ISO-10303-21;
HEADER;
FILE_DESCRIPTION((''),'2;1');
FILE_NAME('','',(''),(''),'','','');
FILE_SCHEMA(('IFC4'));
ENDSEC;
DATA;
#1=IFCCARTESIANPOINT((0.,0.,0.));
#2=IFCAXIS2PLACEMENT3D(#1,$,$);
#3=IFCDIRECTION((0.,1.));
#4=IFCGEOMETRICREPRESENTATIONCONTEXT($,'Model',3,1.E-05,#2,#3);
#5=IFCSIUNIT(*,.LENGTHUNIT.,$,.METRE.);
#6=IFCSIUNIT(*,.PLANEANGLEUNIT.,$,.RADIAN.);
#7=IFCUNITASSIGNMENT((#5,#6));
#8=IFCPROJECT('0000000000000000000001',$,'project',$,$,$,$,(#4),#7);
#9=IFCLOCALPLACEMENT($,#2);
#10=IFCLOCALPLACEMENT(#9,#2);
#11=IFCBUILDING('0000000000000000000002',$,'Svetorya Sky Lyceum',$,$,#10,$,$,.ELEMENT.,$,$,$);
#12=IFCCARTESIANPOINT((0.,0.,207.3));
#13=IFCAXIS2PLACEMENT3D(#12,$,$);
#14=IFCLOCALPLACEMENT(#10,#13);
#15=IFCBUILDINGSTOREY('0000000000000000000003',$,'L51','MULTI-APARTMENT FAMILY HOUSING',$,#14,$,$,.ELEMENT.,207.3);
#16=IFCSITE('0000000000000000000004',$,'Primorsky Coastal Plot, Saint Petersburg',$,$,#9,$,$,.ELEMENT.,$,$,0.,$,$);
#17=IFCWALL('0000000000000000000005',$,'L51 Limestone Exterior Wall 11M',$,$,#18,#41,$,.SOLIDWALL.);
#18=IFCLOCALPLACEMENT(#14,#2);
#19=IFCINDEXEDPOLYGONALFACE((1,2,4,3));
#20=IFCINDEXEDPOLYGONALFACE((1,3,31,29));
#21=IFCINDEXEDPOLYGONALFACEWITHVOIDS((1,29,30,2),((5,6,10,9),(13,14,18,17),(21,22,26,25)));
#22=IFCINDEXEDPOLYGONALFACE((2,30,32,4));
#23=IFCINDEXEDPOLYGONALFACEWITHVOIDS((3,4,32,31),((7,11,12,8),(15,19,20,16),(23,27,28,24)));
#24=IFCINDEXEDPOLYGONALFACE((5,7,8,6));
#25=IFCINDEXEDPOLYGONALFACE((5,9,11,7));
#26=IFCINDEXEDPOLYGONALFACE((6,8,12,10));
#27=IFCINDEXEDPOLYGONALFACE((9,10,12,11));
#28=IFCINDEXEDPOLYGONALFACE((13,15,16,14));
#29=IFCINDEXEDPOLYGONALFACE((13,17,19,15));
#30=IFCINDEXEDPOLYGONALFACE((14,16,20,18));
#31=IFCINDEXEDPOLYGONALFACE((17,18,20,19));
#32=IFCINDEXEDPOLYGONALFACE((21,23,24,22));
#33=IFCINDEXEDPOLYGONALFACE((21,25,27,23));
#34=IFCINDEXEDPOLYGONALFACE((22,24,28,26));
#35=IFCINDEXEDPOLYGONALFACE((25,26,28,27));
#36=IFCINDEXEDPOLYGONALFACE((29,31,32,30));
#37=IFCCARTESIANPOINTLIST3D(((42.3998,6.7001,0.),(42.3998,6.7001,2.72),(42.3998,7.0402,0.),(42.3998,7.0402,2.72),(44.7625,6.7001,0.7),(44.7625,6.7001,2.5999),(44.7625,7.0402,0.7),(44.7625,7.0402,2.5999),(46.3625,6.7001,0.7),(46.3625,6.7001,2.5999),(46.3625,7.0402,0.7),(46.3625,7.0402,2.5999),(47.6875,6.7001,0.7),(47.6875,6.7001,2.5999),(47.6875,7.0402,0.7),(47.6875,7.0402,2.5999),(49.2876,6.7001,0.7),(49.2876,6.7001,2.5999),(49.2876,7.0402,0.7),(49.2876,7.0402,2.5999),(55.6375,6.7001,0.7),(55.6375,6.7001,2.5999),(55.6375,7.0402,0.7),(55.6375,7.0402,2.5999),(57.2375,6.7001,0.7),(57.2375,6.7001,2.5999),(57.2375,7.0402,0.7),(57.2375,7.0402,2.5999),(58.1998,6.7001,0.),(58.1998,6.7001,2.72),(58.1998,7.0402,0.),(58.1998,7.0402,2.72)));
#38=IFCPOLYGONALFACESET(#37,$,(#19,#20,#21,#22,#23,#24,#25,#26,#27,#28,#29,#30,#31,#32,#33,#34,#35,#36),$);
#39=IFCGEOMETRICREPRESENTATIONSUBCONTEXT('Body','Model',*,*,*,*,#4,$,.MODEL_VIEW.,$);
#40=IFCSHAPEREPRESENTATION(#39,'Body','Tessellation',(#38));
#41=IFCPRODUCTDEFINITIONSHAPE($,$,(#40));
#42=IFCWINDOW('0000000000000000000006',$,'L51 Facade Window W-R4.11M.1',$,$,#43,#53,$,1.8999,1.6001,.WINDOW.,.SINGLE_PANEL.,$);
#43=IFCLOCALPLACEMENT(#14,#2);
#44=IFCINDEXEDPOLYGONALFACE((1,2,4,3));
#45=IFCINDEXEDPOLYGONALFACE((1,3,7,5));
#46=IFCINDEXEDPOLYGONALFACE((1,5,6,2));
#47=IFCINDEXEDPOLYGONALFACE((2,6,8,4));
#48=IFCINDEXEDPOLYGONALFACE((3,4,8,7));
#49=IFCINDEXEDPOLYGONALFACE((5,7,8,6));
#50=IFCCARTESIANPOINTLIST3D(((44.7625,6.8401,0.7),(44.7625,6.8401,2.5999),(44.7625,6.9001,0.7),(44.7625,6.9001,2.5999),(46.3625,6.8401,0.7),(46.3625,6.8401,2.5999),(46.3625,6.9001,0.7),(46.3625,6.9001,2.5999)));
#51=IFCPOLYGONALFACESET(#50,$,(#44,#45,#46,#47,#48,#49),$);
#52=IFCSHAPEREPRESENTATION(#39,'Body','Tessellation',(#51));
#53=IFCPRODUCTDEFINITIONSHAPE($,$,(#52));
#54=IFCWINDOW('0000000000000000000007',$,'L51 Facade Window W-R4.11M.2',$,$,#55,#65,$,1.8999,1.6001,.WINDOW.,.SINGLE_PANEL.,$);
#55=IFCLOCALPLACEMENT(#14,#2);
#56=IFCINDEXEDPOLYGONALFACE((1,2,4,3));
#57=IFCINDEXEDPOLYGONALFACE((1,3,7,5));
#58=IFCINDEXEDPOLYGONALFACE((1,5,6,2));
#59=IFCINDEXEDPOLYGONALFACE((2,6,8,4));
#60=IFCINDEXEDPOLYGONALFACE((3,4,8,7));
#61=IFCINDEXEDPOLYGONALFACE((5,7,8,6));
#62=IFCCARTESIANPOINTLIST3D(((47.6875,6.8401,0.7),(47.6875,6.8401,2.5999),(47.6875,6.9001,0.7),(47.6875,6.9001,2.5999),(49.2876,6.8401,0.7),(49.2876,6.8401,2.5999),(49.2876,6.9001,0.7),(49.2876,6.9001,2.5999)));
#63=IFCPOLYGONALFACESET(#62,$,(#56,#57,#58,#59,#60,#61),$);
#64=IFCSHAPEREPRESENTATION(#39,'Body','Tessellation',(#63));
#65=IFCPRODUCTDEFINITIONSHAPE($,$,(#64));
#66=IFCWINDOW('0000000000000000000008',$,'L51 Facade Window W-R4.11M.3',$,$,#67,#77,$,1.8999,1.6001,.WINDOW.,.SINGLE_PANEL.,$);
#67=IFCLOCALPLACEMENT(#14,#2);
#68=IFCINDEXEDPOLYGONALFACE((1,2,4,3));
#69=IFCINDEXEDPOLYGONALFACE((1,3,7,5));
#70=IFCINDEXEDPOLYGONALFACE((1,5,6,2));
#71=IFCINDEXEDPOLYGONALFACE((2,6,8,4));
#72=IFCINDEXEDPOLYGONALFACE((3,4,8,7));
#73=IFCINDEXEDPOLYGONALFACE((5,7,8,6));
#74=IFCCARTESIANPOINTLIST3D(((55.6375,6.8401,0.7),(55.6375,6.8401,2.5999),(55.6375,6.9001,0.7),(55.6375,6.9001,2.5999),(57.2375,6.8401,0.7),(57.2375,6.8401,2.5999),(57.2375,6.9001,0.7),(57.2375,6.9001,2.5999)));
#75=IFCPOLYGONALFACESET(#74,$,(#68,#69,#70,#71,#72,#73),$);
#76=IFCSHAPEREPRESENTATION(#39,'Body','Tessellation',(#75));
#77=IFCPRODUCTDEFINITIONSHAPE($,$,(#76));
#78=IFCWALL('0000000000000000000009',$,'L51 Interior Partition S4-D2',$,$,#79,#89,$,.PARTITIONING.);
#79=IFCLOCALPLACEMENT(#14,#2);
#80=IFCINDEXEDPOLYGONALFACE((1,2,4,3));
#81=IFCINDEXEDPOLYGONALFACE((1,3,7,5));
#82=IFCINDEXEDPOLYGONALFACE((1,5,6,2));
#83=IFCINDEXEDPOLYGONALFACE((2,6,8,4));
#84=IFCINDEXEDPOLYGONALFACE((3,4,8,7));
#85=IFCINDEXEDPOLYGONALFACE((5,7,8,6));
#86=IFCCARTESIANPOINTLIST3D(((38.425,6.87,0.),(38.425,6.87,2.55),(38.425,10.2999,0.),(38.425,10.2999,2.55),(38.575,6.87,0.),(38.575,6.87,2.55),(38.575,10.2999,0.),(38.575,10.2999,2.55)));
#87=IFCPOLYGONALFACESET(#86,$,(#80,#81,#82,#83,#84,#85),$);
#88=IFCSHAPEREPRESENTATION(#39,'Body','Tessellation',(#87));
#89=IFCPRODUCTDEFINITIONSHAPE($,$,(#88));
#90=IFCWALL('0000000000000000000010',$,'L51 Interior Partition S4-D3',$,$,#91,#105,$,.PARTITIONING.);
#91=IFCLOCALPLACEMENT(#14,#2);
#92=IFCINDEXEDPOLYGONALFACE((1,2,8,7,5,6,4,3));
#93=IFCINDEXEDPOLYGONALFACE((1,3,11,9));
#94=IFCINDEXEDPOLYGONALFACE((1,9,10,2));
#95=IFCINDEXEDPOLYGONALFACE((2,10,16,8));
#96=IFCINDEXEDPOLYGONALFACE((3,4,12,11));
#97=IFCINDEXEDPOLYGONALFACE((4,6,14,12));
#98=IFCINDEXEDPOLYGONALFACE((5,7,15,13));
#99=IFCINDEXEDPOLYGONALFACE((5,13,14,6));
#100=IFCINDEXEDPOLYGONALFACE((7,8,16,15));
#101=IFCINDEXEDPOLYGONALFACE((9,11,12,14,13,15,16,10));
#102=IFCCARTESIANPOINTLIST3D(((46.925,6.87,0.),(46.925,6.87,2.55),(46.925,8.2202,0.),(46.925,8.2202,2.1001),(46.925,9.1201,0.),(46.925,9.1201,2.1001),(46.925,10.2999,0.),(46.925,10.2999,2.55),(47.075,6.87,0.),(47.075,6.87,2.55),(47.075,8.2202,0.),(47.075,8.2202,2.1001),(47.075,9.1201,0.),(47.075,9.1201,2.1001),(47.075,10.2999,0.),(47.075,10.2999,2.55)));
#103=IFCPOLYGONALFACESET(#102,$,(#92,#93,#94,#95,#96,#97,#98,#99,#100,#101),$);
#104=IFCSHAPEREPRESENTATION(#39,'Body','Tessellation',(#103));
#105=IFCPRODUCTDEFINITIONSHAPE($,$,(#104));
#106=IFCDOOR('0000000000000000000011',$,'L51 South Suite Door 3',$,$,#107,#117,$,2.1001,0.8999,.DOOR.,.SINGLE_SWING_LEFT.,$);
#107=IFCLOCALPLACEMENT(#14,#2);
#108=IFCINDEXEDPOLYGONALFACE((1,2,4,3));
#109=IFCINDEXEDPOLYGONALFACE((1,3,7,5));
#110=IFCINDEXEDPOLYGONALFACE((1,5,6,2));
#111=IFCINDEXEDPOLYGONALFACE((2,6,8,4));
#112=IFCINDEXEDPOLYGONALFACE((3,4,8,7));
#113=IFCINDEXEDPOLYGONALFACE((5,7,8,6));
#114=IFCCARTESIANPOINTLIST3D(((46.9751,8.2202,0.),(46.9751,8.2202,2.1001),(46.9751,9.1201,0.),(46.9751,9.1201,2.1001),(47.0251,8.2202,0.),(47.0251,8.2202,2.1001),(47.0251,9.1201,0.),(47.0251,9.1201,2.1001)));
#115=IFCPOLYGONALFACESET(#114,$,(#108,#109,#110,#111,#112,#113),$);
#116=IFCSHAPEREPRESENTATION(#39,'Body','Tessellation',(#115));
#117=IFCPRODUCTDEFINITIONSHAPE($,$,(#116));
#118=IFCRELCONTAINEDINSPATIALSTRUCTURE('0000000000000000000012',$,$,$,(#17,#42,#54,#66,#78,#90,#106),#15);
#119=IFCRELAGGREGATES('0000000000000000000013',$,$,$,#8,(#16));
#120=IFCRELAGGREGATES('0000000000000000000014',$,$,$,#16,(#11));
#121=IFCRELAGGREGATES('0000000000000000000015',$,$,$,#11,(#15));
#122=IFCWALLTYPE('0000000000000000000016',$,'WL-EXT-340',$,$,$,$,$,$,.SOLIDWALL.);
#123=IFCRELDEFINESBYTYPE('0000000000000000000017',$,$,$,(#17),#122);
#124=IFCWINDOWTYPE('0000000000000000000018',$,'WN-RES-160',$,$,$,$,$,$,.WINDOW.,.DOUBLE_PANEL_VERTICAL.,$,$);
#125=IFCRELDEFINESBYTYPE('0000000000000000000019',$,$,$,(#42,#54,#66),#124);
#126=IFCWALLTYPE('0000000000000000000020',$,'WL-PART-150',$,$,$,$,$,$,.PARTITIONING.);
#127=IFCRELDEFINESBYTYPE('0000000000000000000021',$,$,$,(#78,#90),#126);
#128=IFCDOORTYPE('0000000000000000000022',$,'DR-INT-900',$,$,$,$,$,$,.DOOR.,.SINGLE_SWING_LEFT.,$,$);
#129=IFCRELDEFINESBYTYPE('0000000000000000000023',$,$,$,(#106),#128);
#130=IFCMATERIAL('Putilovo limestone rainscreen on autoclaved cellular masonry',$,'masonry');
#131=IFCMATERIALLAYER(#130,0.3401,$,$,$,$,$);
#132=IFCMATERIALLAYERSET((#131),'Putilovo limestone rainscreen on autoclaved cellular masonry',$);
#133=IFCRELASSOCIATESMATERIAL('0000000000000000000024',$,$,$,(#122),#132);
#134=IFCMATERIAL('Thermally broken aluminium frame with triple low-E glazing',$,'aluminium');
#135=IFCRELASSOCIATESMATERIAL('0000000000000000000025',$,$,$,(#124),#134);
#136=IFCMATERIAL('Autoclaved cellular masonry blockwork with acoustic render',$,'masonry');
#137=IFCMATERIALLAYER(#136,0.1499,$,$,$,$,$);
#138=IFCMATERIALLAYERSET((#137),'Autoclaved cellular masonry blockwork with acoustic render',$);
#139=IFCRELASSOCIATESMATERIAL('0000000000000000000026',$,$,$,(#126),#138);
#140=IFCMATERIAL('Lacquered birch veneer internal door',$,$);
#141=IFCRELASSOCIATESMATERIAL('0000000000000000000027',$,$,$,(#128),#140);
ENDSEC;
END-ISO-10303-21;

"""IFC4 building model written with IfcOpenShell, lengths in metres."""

from ifc_helpers import new_model, si_unit, direction, frame, frame_2d, origin, place, context, subcontext, project, spatial, rectangle, extrude, material, layer, layer_set, type_object, element, fill, save


model = new_model("IFC4")

# Units and contexts
model_context = context("Model", 3, precision=1e-05, world=origin(), true_north=direction((0.0, 1.0)))
body_context = subcontext(model_context, "Body", "Model", "MODEL_VIEW")
ifc_project = project(units=[si_unit("LENGTHUNIT", "METRE"), si_unit("PLANEANGLEUNIT", "RADIAN")], contexts=[model_context])

# Site, building, storey
site_placement = place(None, origin())
site = spatial("IfcSite", under=ifc_project, at=site_placement, Name="Primorsky Coastal Plot, Saint Petersburg", CompositionType="ELEMENT", RefElevation=0.0)
building_placement = place(site_placement, origin())
building = spatial("IfcBuilding", under=site, at=building_placement, Name="Svetorya Sky Lyceum", CompositionType="ELEMENT")
storey_placement = place(building_placement, frame((0.0, 0.0, 207.3)))
storey = spatial("IfcBuildingStorey", under=building, at=storey_placement, Name="L51", Description="MULTI-APARTMENT FAMILY HOUSING", CompositionType="ELEMENT", Elevation=207.3)

# Shared definitions
ifc_material_1 = material(Name="Putilovo limestone rainscreen on autoclaved cellular masonry", Category="masonry")
ifc_layer_1 = layer(ifc_material_1, 0.3401)
ifc_layer_set_1 = layer_set([ifc_layer_1], Name="Putilovo limestone rainscreen on autoclaved cellular masonry")
wall_type_1 = type_object("IfcWallType", Name="WL-EXT-340", PredefinedType="SOLIDWALL", material=ifc_layer_set_1)

# Wall, openings, windows
wall_1_placement = place(storey_placement, frame((42.3999, 6.8701, 0.0), z_axis=(0.0, 0.0, 1.0), x_axis=(1.0, 0.0, 0.0)))
wall_1 = element("IfcWall", 1, at=wall_1_placement, inside=storey, type_object=wall_type_1, Name="L51 Limestone Exterior Wall 11M", PredefinedType="SOLIDWALL", context=body_context, shape_type="SweptSolid", body=[
    extrude(rectangle(XDim=15.8, YDim=0.3401, at=frame_2d((7.8999, 0.0))), origin(), (0.0, 0.0, 1.0), 2.72),
])
opening_1_placement = place(wall_1_placement, frame((2.3625, 0.0, 0.7)))
opening_1 = element("IfcOpeningElement", 2, at=opening_1_placement, cuts=wall_1, PredefinedType="OPENING", context=body_context, shape_type="SweptSolid", body=[
    extrude(rectangle(XDim=1.6001, YDim=1.8999, at=frame_2d((0.8, 0.95))), frame((0.0, 0.1799, 0.0), z_axis=(0.0, -1.0, 0.0), x_axis=(1.0, 0.0, 0.0)), (0.0, 0.0, 1.0), 0.3601),
])
opening_2_placement = place(wall_1_placement, frame((5.2876, 0.0, 0.7)))
opening_2 = element("IfcOpeningElement", 3, at=opening_2_placement, cuts=wall_1, PredefinedType="OPENING", context=body_context, shape_type="SweptSolid", body=[
    extrude(rectangle(XDim=1.6001, YDim=1.8999, at=frame_2d((0.8, 0.95))), frame((0.0, 0.1799, 0.0), z_axis=(0.0, -1.0, 0.0), x_axis=(1.0, 0.0, 0.0)), (0.0, 0.0, 1.0), 0.3601),
])
opening_3_placement = place(wall_1_placement, frame((13.2375, 0.0, 0.7)))
opening_3 = element("IfcOpeningElement", 4, at=opening_3_placement, cuts=wall_1, PredefinedType="OPENING", context=body_context, shape_type="SweptSolid", body=[
    extrude(rectangle(XDim=1.6001, YDim=1.8999, at=frame_2d((0.8, 0.95))), frame((0.0, 0.1799, 0.0), z_axis=(0.0, -1.0, 0.0), x_axis=(1.0, 0.0, 0.0)), (0.0, 0.0, 1.0), 0.3601),
])
ifc_material_2 = material(Name="Thermally broken aluminium frame with triple low-E glazing", Category="aluminium")
window_type = type_object("IfcWindowType", Name="WN-RES-160", PartitioningType="DOUBLE_PANEL_VERTICAL", PredefinedType="WINDOW", material=ifc_material_2)
window_1_placement = place(opening_1_placement, origin())
window_1 = element("IfcWindow", 5, at=window_1_placement, inside=storey, type_object=window_type, Name="L51 Facade Window W-R4.11M.1", OverallHeight=1.8999, OverallWidth=1.6001, PartitioningType="SINGLE_PANEL", PredefinedType="WINDOW", context=body_context, shape_type="SweptSolid", body=[
    extrude(rectangle(XDim=1.6001, YDim=1.8999, at=frame_2d((0.8, 0.95))), frame((0.0, 0.03, 0.0), z_axis=(0.0, -1.0, 0.0), x_axis=(1.0, 0.0, 0.0)), (0.0, 0.0, 1.0), 0.0601),
])
fill(opening_1, window_1)
window_2_placement = place(opening_2_placement, origin())
window_2 = element("IfcWindow", 6, at=window_2_placement, inside=storey, type_object=window_type, Name="L51 Facade Window W-R4.11M.2", OverallHeight=1.8999, OverallWidth=1.6001, PartitioningType="SINGLE_PANEL", PredefinedType="WINDOW", context=body_context, shape_type="SweptSolid", body=[
    extrude(rectangle(XDim=1.6001, YDim=1.8999, at=frame_2d((0.8, 0.95))), frame((0.0, 0.03, 0.0), z_axis=(0.0, -1.0, 0.0), x_axis=(1.0, 0.0, 0.0)), (0.0, 0.0, 1.0), 0.0601),
])
fill(opening_2, window_2)
window_3_placement = place(opening_3_placement, origin())
window_3 = element("IfcWindow", 7, at=window_3_placement, inside=storey, type_object=window_type, Name="L51 Facade Window W-R4.11M.3", OverallHeight=1.8999, OverallWidth=1.6001, PartitioningType="SINGLE_PANEL", PredefinedType="WINDOW", context=body_context, shape_type="SweptSolid", body=[
    extrude(rectangle(XDim=1.6001, YDim=1.8999, at=frame_2d((0.8, 0.95))), frame((0.0, 0.03, 0.0), z_axis=(0.0, -1.0, 0.0), x_axis=(1.0, 0.0, 0.0)), (0.0, 0.0, 1.0), 0.0601),
])
fill(opening_3, window_3)

# Wall
ifc_material_3 = material(Name="Autoclaved cellular masonry blockwork with acoustic render", Category="masonry")
ifc_layer_2 = layer(ifc_material_3, 0.1499)
ifc_layer_set_2 = layer_set([ifc_layer_2], Name="Autoclaved cellular masonry blockwork with acoustic render")
wall_type_2 = type_object("IfcWallType", Name="WL-PART-150", PredefinedType="PARTITIONING", material=ifc_layer_set_2)
wall_2_placement = place(storey_placement, frame((38.5, 6.8701, 0.0), z_axis=(0.0, 0.0, 1.0), x_axis=(0.0, 1.0, 0.0)))
element("IfcWall", 8, at=wall_2_placement, inside=storey, type_object=wall_type_2, Name="L51 Interior Partition S4-D2", PredefinedType="PARTITIONING", context=body_context, shape_type="SweptSolid", body=[
    extrude(rectangle(XDim=3.4299, YDim=0.1499, at=frame_2d((1.7148, 0.0))), origin(), (0.0, 0.0, 1.0), 2.55),
])

# Wall, opening, door
wall_3_placement = place(storey_placement, frame((47.0, 6.8701, 0.0), z_axis=(0.0, 0.0, 1.0), x_axis=(0.0, 1.0, 0.0)))
wall_3 = element("IfcWall", 9, at=wall_3_placement, inside=storey, type_object=wall_type_2, Name="L51 Interior Partition S4-D3", PredefinedType="PARTITIONING", context=body_context, shape_type="SweptSolid", body=[
    extrude(rectangle(XDim=3.4299, YDim=0.1499, at=frame_2d((1.7148, 0.0))), origin(), (0.0, 0.0, 1.0), 2.55),
])
opening_4_placement = place(wall_3_placement, frame((1.3501, 0.0, 0.0)))
opening_4 = element("IfcOpeningElement", 10, at=opening_4_placement, cuts=wall_3, PredefinedType="OPENING", context=body_context, shape_type="SweptSolid", body=[
    extrude(rectangle(XDim=0.8999, YDim=2.1001, at=frame_2d((0.45, 1.05))), frame((0.0, 0.085, 0.0), z_axis=(0.0, -1.0, 0.0), x_axis=(1.0, 0.0, 0.0)), (0.0, 0.0, 1.0), 0.1699),
])
ifc_material_4 = material(Name="Lacquered birch veneer internal door")
door_type = type_object("IfcDoorType", Name="DR-INT-900", OperationType="SINGLE_SWING_LEFT", PredefinedType="DOOR", material=ifc_material_4)
door_placement = place(opening_4_placement, origin())
door = element("IfcDoor", 11, at=door_placement, inside=storey, type_object=door_type, Name="L51 South Suite Door 3", OperationType="SINGLE_SWING_LEFT", OverallHeight=2.1001, OverallWidth=0.8999, PredefinedType="DOOR", context=body_context, shape_type="SweptSolid", body=[
    extrude(rectangle(XDim=0.8999, YDim=2.1001, at=frame_2d((0.45, 1.05))), frame((0.0, 0.0249, 0.0), z_axis=(0.0, -1.0, 0.0), x_axis=(1.0, 0.0, 0.0)), (0.0, 0.0, 1.0), 0.05),
])
fill(opening_4, door)

save(model, "model.ifc")
